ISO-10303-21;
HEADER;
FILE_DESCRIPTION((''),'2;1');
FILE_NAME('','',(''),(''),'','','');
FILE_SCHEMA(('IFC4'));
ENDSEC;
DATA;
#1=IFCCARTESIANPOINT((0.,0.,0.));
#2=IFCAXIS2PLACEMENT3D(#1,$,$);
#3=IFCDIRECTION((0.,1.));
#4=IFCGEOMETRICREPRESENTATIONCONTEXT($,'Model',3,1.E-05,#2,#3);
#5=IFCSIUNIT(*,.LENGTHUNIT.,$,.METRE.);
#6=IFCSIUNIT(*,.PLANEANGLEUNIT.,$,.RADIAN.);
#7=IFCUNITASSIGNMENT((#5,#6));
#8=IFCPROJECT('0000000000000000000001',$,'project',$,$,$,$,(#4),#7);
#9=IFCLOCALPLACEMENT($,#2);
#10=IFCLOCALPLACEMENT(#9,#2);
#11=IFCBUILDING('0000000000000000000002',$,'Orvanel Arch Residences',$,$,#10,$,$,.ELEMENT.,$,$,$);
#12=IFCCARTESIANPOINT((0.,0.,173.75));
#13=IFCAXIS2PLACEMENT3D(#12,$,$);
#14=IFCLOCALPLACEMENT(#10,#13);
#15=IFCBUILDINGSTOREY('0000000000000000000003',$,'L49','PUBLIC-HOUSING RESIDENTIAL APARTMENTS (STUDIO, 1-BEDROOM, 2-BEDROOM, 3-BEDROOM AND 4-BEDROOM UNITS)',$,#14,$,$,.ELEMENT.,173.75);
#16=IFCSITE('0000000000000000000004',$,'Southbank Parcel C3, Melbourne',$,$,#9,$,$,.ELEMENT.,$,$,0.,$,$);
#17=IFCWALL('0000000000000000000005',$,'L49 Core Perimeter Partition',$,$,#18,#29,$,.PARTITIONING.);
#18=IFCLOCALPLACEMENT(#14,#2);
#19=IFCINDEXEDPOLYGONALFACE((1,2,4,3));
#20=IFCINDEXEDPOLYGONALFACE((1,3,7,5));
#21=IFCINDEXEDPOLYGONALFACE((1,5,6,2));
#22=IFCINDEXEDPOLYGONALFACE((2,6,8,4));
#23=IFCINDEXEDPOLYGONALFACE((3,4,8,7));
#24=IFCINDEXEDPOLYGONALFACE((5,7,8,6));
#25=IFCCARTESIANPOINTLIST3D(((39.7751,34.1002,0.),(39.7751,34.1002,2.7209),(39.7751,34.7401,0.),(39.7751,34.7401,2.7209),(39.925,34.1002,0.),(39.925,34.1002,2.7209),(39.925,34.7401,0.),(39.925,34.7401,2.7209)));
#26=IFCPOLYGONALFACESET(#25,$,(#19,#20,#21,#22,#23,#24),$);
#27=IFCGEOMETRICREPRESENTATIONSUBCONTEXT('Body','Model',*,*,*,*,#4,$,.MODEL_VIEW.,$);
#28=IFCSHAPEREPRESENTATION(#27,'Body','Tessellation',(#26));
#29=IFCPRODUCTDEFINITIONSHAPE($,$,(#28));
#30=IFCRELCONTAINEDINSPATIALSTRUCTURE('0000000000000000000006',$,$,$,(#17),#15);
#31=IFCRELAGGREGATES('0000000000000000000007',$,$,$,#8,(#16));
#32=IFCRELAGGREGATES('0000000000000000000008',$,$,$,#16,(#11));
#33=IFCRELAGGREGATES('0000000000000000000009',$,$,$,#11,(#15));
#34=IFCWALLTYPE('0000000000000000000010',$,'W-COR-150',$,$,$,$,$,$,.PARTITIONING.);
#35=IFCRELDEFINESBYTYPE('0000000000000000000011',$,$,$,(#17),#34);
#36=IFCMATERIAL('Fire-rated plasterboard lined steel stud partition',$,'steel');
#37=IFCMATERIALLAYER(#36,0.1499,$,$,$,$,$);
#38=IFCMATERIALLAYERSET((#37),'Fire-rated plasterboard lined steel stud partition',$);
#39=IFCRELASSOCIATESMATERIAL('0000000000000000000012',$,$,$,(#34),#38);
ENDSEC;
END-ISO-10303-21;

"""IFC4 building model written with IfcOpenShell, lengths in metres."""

from ifc_helpers import new_model, si_unit, direction, frame, frame_2d, origin, place, context, subcontext, project, spatial, rectangle, extrude, material, layer, layer_set, type_object, element, save


model = new_model("IFC4")

# Units and contexts
model_context = context("Model", 3, precision=1e-05, world=origin(), true_north=direction((0.0, 1.0)))
body_context = subcontext(model_context, "Body", "Model", "MODEL_VIEW")
ifc_project = project(units=[si_unit("LENGTHUNIT", "METRE"), si_unit("PLANEANGLEUNIT", "RADIAN")], contexts=[model_context])

# Site, building, storey
site_placement = place(None, origin())
site = spatial("IfcSite", under=ifc_project, at=site_placement, Name="Southbank Parcel C3, Melbourne", CompositionType="ELEMENT", RefElevation=0.0)
building_placement = place(site_placement, origin())
building = spatial("IfcBuilding", under=site, at=building_placement, Name="Orvanel Arch Residences", CompositionType="ELEMENT")
storey_placement = place(building_placement, frame((0.0, 0.0, 173.75)))
storey = spatial("IfcBuildingStorey", under=building, at=storey_placement, Name="L49", Description="PUBLIC-HOUSING RESIDENTIAL APARTMENTS (STUDIO, 1-BEDROOM, 2-BEDROOM, 3-BEDROOM AND 4-BEDROOM UNITS)", CompositionType="ELEMENT", Elevation=173.75)

# Wall
ifc_material_1 = material(Name="Fire-rated plasterboard lined steel stud partition", Category="steel")
ifc_layer_1 = layer(ifc_material_1, 0.1499)
ifc_layer_set_1 = layer_set([ifc_layer_1], Name="Fire-rated plasterboard lined steel stud partition")
wall_type_1 = type_object("IfcWallType", Name="W-COR-150", PredefinedType="PARTITIONING", material=ifc_layer_set_1)
wall_1_placement = place(storey_placement, frame((39.8501, 34.74, 0.0), z_axis=(0.0, 0.0, 1.0), x_axis=(0.0, -1.0, 0.0)))
element("IfcWall", 1, at=wall_1_placement, inside=storey, type_object=wall_type_1, Name="L49 Core Perimeter Partition", PredefinedType="PARTITIONING", context=body_context, shape_type="SweptSolid", body=[
    extrude(rectangle(XDim=0.6399, YDim=0.1499, at=frame_2d((0.3198, 0.0))), origin(), (0.0, 0.0, 1.0), 2.7209),
])

save(model, "model.ifc")
